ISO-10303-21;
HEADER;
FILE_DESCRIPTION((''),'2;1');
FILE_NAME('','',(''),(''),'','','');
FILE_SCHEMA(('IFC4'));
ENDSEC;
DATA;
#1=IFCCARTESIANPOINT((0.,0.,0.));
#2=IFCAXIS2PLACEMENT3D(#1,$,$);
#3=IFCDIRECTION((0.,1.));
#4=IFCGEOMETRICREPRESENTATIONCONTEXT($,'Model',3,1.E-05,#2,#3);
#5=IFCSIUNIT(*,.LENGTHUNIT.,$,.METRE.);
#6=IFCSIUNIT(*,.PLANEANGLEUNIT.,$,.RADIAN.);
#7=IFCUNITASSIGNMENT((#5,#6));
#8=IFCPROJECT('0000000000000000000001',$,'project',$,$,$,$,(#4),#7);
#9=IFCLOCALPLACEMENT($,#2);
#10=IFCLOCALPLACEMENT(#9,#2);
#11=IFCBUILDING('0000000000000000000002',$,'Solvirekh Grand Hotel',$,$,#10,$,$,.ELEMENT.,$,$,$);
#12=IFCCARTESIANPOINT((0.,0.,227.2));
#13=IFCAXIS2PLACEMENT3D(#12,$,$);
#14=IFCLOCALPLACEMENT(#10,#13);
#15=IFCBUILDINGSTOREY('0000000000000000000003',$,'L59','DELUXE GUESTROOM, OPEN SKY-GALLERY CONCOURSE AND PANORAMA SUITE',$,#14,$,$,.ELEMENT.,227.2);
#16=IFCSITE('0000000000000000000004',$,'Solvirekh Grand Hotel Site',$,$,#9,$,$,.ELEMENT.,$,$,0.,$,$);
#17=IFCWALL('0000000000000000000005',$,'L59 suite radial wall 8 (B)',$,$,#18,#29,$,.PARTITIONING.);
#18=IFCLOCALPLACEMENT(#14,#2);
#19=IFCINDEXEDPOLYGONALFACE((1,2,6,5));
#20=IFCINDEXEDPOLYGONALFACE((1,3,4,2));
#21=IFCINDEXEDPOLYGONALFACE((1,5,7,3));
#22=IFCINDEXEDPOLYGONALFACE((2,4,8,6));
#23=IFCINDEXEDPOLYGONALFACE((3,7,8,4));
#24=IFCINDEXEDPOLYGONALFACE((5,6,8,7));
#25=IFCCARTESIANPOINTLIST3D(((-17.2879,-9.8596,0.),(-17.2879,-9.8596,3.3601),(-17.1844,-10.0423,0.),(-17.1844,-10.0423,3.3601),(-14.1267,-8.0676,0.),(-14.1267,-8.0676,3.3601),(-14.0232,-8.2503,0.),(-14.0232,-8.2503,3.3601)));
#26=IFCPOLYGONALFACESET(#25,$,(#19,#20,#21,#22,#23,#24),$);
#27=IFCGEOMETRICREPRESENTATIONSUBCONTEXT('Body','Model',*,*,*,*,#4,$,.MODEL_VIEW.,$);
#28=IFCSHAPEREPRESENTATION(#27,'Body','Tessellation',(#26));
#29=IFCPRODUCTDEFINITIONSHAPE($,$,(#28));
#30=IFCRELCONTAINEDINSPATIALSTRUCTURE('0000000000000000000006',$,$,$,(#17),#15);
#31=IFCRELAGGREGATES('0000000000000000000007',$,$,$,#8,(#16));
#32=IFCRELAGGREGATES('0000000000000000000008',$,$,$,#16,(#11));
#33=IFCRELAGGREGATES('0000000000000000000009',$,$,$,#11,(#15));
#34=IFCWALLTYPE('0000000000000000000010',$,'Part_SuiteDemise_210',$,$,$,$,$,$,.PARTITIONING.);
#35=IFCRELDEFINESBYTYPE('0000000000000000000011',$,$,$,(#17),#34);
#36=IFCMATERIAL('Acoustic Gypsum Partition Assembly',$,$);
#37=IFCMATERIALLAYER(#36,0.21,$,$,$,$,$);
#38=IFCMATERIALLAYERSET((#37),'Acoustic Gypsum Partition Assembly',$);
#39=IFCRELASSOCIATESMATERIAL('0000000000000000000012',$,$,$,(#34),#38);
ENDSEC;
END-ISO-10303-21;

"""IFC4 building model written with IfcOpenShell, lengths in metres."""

from ifc_helpers import new_model, si_unit, direction, frame, frame_2d, origin, place, context, subcontext, project, spatial, rectangle, extrude, material, layer, layer_set, type_object, element, save


model = new_model("IFC4")

# Units and contexts
model_context = context("Model", 3, precision=1e-05, world=origin(), true_north=direction((0.0, 1.0)))
body_context = subcontext(model_context, "Body", "Model", "MODEL_VIEW")
ifc_project = project(units=[si_unit("LENGTHUNIT", "METRE"), si_unit("PLANEANGLEUNIT", "RADIAN")], contexts=[model_context])

# Site, building, storey
site_placement = place(None, origin())
site = spatial("IfcSite", under=ifc_project, at=site_placement, Name="Solvirekh Grand Hotel Site", CompositionType="ELEMENT", RefElevation=0.0)
building_placement = place(site_placement, origin())
building = spatial("IfcBuilding", under=site, at=building_placement, Name="Solvirekh Grand Hotel", CompositionType="ELEMENT")
storey_placement = place(building_placement, frame((0.0, 0.0, 227.2)))
storey = spatial("IfcBuildingStorey", under=building, at=storey_placement, Name="L59", Description="DELUXE GUESTROOM, OPEN SKY-GALLERY CONCOURSE AND PANORAMA SUITE", CompositionType="ELEMENT", Elevation=227.2)

# Shared definitions
ifc_material_1 = material(Name="Acoustic Gypsum Partition Assembly")

# Wall
ifc_layer_1 = layer(ifc_material_1, 0.21)
ifc_layer_set_1 = layer_set([ifc_layer_1], Name="Acoustic Gypsum Partition Assembly")
wall_type_1 = type_object("IfcWallType", Name="Part_SuiteDemise_210", PredefinedType="PARTITIONING", material=ifc_layer_set_1)
wall_1_placement = place(storey_placement, frame((-14.075, -8.1589, 0.0), z_axis=(0.0, 0.0, 1.0), x_axis=(-0.869941, -0.493155, 0.0)))
element("IfcWall", 1, at=wall_1_placement, inside=storey, type_object=wall_type_1, Name="L59 suite radial wall 8 (B)", PredefinedType="PARTITIONING", context=body_context, shape_type="SweptSolid", body=[
    extrude(rectangle(XDim=3.6338, YDim=0.21, at=frame_2d((1.8169, 0.0))), origin(), (0.0, 0.0, 1.0), 3.3601),
])

save(model, "model.ifc")
